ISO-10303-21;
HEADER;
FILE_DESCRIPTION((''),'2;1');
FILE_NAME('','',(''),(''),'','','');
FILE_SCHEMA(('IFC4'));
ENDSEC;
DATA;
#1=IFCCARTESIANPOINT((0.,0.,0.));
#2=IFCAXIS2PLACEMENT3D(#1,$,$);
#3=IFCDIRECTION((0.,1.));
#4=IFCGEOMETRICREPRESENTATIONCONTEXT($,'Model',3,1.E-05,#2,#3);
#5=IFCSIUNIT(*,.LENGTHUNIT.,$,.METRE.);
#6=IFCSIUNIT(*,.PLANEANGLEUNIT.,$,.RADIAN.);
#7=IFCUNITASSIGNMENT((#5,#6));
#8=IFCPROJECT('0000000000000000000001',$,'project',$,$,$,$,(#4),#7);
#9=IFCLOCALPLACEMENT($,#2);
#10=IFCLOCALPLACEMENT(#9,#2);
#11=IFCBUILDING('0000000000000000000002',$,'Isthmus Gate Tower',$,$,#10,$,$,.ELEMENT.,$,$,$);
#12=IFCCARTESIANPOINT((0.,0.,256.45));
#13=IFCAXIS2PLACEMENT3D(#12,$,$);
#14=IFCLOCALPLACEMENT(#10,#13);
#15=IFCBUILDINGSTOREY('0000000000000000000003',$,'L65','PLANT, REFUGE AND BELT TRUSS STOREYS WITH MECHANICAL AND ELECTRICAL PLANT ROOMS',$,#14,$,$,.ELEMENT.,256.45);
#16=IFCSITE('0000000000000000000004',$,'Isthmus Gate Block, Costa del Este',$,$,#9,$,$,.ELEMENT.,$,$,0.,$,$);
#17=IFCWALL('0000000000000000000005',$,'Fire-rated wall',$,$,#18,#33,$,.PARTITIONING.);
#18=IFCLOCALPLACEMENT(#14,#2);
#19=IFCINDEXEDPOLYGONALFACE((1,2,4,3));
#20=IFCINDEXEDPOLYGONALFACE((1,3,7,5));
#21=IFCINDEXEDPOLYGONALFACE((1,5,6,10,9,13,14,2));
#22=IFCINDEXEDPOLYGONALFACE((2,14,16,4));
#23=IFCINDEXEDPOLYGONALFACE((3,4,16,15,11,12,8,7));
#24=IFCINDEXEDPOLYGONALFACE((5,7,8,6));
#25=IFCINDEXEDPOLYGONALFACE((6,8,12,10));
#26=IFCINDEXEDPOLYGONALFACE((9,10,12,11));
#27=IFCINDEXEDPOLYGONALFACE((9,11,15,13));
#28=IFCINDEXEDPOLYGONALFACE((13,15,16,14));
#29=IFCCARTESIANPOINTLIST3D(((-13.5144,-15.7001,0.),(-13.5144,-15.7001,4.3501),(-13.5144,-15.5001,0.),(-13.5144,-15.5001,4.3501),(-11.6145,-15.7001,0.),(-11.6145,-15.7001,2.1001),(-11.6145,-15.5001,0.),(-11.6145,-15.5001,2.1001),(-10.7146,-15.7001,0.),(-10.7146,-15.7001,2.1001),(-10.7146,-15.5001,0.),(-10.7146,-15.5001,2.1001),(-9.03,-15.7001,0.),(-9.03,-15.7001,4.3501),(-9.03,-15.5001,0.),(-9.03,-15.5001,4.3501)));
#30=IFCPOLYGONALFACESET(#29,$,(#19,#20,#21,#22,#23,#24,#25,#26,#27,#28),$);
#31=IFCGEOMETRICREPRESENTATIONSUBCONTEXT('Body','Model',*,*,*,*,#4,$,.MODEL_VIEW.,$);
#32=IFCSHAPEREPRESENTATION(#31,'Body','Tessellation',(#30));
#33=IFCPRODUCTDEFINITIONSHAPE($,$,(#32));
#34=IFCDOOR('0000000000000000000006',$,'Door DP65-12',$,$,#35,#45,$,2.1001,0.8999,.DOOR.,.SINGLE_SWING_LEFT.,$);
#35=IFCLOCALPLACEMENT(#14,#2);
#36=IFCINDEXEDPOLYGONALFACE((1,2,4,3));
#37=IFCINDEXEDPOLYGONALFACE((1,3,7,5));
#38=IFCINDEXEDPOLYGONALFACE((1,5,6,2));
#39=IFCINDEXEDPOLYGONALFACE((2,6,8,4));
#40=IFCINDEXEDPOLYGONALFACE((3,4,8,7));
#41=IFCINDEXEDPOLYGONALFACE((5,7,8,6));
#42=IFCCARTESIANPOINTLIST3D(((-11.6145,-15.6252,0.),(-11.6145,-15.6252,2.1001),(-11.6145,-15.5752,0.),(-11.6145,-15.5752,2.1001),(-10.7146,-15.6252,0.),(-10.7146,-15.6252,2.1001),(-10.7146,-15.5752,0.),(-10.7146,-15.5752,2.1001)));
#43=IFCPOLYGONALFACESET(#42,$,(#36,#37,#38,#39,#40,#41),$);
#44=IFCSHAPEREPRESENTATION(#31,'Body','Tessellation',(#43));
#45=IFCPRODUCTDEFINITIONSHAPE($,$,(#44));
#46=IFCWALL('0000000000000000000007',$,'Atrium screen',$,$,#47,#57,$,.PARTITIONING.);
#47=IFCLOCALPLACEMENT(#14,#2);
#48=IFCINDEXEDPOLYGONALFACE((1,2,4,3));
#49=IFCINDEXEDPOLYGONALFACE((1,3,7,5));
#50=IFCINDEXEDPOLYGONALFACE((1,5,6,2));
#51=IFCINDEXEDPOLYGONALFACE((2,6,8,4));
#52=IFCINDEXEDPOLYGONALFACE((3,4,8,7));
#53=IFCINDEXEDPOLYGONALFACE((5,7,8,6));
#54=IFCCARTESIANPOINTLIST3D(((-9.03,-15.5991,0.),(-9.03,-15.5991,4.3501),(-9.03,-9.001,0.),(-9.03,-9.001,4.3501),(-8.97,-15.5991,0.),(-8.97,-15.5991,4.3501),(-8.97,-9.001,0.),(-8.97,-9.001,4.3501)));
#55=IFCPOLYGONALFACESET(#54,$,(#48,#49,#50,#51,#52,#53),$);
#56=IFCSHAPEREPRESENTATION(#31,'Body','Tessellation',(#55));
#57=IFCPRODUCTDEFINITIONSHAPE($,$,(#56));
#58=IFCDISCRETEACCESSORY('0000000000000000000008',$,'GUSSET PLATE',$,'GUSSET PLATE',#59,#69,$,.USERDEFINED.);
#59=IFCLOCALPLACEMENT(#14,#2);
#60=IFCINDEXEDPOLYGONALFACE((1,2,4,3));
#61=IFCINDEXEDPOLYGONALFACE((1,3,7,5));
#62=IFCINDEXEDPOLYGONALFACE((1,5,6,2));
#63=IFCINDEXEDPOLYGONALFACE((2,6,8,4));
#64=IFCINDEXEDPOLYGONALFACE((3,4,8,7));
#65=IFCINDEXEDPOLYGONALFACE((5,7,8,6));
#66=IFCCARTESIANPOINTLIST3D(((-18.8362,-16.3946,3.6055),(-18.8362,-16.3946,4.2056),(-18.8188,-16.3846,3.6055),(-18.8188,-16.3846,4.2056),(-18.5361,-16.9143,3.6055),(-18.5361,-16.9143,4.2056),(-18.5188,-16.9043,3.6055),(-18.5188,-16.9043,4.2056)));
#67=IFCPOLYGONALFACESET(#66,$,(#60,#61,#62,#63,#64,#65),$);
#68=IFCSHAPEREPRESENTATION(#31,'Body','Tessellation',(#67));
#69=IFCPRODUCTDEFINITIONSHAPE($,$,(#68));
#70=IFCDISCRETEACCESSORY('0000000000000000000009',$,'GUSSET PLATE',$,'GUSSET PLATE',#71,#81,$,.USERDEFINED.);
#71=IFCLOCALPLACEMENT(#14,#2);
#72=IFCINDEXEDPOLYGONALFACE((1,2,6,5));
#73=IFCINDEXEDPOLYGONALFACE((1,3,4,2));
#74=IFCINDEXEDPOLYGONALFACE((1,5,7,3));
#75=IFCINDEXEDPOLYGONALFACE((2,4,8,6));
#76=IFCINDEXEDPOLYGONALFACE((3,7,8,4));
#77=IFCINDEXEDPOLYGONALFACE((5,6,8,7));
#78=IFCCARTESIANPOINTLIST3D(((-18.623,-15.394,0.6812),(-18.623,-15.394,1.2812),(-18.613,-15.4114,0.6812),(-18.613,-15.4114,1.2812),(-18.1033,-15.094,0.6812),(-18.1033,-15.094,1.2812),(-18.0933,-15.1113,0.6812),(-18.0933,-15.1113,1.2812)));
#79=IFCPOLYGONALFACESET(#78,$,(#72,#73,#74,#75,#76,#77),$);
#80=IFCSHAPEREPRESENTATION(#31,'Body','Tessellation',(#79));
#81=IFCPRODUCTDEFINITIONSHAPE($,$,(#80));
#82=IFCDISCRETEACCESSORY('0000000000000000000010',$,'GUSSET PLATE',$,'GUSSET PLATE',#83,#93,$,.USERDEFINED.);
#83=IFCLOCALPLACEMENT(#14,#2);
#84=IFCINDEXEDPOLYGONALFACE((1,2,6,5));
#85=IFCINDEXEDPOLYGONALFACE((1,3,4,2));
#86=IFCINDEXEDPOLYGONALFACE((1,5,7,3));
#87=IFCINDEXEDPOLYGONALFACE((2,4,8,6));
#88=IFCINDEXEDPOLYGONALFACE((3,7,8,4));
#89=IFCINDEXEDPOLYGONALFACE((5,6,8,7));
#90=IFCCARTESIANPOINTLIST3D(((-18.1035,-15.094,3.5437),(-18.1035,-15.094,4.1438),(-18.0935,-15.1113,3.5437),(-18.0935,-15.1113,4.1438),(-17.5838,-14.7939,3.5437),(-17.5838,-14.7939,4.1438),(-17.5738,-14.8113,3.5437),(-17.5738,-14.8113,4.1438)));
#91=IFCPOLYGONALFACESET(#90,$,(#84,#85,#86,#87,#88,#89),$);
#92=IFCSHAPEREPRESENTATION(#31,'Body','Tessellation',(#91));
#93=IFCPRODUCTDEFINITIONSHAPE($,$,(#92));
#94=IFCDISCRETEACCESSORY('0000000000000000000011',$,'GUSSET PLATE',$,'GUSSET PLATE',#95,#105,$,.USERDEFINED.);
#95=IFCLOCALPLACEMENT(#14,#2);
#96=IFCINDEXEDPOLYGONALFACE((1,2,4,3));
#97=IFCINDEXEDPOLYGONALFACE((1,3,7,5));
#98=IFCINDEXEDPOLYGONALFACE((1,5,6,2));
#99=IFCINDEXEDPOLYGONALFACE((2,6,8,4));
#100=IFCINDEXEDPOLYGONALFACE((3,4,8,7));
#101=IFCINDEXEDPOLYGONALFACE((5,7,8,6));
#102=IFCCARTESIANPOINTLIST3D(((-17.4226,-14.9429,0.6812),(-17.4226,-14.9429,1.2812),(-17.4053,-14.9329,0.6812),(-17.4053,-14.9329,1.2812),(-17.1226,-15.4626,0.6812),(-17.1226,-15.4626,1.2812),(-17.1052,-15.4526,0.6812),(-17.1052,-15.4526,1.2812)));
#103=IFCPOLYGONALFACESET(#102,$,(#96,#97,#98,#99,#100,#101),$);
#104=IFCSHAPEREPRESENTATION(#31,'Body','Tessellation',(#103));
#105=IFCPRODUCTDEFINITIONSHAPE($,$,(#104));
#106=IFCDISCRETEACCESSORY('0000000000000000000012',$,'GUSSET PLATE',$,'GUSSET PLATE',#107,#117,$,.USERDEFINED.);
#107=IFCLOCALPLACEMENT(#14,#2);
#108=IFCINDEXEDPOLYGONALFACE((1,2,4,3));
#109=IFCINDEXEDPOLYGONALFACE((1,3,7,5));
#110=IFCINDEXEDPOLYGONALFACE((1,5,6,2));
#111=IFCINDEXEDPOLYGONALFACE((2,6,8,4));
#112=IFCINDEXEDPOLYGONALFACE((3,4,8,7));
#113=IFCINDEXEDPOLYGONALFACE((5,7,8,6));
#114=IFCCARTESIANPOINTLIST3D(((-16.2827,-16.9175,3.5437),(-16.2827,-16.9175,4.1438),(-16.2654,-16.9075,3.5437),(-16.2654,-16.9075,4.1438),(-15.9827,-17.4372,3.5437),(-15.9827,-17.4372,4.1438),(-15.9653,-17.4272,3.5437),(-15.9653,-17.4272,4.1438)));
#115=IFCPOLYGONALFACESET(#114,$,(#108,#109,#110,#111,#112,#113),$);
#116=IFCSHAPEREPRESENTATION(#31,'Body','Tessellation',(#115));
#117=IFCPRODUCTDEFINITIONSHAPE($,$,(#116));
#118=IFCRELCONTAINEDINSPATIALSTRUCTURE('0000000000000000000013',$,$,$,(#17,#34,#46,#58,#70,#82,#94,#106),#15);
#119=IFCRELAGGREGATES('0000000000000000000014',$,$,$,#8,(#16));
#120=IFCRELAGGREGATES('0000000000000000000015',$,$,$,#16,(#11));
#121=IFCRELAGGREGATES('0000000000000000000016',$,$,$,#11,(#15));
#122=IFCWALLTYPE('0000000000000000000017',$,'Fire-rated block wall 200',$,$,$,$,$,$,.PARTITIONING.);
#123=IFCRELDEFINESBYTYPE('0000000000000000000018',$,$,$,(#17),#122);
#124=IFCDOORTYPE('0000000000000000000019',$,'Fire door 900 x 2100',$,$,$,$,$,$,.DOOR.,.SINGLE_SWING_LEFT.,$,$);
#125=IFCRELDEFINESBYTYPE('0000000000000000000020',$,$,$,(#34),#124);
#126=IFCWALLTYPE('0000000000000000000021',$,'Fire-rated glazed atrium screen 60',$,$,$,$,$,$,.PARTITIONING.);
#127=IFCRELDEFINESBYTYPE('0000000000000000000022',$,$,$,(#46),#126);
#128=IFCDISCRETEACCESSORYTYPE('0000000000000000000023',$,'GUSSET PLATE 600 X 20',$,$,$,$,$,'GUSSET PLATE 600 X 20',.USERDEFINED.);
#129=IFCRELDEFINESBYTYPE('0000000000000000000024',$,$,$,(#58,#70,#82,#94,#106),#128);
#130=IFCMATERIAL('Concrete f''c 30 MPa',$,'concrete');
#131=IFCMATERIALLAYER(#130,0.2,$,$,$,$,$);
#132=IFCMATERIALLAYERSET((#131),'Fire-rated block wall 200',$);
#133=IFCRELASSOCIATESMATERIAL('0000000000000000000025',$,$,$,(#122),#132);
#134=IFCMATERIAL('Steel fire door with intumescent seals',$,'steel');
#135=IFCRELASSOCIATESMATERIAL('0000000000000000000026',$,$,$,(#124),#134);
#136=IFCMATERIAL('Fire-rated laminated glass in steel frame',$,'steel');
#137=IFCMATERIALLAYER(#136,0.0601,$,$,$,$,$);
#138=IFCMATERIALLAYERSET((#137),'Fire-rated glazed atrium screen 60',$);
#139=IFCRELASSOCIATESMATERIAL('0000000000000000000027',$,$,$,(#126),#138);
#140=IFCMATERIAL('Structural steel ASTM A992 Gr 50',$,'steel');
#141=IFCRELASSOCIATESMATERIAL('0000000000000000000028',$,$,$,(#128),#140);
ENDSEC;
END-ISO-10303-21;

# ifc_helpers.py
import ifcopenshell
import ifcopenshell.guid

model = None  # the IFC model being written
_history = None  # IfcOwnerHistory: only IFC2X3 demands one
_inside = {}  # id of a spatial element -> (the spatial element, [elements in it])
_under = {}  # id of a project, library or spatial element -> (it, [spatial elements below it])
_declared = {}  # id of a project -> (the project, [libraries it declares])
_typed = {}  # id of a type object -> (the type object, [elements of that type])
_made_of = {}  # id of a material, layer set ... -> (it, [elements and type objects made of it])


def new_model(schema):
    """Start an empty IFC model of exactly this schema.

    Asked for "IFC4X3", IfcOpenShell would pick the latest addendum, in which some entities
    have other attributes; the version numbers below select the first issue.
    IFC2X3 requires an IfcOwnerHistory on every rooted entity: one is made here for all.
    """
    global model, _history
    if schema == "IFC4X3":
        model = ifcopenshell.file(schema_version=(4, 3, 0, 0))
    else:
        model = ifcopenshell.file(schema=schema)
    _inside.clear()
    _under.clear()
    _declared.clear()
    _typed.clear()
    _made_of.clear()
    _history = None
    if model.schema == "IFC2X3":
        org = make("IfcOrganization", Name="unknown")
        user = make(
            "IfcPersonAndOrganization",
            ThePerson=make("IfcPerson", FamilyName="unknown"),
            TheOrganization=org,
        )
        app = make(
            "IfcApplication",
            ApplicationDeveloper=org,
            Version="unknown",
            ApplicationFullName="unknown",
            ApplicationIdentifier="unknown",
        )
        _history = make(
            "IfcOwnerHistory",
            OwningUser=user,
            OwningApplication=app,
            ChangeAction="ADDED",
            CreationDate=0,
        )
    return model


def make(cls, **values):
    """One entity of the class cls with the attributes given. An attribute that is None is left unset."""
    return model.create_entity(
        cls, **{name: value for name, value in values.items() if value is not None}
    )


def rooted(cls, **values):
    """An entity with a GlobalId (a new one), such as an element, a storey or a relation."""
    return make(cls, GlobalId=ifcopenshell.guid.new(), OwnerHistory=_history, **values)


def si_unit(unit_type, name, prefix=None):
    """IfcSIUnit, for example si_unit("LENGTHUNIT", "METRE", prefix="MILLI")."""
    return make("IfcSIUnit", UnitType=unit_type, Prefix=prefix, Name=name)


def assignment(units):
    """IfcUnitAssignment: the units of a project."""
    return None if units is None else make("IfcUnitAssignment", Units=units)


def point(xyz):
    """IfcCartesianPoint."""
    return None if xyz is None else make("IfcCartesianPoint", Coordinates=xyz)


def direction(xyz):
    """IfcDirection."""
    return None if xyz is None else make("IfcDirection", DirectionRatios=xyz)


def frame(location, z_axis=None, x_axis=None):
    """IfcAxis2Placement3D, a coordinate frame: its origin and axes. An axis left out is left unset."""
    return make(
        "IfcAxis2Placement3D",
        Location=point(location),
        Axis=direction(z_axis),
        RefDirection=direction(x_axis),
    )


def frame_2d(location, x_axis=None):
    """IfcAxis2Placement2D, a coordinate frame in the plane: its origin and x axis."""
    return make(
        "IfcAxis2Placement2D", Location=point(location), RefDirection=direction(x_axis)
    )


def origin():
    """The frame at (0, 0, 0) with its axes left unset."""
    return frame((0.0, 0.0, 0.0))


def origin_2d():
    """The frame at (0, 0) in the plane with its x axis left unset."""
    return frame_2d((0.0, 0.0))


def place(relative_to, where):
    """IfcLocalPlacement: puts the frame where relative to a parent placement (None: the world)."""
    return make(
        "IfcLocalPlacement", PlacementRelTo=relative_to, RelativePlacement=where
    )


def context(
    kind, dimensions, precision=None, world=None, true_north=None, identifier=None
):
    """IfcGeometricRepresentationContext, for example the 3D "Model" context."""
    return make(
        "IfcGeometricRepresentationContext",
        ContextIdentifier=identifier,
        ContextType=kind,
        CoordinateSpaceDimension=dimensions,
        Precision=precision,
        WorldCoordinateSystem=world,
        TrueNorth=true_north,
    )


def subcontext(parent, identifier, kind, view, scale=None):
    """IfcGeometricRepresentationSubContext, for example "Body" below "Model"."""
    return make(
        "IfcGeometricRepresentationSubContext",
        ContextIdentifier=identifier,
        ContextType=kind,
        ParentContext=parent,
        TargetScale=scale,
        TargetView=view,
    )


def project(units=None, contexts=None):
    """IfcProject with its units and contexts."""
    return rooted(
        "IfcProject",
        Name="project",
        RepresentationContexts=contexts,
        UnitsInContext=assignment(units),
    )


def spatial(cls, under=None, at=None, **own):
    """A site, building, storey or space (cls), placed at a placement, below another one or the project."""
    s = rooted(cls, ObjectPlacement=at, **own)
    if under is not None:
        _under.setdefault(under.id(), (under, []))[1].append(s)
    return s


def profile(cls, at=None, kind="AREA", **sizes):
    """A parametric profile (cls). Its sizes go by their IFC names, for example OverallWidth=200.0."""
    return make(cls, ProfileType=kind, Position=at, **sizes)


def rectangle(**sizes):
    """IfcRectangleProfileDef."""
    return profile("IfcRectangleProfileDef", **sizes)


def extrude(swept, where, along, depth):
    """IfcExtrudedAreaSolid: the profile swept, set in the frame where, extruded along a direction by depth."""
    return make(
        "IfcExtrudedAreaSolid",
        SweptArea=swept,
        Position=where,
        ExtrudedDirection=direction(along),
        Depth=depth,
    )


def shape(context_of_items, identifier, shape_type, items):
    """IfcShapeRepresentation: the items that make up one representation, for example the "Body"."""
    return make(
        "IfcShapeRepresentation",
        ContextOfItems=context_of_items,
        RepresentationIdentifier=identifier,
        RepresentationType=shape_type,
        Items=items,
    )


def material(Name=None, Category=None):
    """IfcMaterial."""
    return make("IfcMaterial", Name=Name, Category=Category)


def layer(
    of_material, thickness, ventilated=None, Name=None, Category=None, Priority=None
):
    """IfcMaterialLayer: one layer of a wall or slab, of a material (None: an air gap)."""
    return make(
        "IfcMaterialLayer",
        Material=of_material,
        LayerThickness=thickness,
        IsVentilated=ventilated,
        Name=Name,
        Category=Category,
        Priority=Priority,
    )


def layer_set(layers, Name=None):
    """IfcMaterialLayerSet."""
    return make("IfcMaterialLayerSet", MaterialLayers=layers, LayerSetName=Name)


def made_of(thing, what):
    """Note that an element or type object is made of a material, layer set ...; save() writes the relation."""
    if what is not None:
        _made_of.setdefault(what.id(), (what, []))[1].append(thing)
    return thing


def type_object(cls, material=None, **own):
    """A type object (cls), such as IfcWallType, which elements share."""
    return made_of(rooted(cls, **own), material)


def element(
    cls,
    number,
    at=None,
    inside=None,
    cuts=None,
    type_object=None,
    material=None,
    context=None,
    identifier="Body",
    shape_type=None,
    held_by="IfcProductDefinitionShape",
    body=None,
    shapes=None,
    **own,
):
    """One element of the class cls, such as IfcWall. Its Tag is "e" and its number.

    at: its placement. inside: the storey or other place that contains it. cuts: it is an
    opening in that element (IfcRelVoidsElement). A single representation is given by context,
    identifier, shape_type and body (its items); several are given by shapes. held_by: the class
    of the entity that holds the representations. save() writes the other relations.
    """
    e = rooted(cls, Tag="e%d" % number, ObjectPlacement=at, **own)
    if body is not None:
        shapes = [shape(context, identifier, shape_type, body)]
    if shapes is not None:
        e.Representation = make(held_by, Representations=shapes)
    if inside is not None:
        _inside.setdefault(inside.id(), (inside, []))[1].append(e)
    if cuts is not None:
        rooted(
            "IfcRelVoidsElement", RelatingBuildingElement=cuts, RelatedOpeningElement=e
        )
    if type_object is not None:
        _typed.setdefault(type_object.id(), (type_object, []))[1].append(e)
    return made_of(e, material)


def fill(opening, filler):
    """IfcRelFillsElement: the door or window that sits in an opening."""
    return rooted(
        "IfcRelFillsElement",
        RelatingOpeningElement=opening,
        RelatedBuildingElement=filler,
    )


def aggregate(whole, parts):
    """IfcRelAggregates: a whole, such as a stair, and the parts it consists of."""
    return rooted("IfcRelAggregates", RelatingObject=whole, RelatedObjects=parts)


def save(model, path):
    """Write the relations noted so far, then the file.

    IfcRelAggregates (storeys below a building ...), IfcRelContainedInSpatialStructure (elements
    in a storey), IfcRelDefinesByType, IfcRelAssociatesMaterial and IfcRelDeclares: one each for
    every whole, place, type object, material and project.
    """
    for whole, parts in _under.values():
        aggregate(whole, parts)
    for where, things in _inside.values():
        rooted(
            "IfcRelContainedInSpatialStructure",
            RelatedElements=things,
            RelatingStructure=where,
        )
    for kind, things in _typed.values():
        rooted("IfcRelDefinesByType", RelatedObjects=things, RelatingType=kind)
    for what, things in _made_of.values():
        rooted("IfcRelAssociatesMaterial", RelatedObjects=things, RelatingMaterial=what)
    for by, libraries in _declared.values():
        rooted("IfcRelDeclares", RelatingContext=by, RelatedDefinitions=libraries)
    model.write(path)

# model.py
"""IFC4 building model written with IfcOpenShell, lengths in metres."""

from ifc_helpers import new_model, si_unit, direction, frame, frame_2d, origin, origin_2d, place, context, subcontext, project, spatial, rectangle, extrude, material, layer, layer_set, type_object, element, fill, save


model = new_model("IFC4")

# Units and contexts
model_context = context("Model", 3, precision=1e-05, world=origin(), true_north=direction((0.0, 1.0)))
body_context = subcontext(model_context, "Body", "Model", "MODEL_VIEW")
ifc_project = project(units=[si_unit("LENGTHUNIT", "METRE"), si_unit("PLANEANGLEUNIT", "RADIAN")], contexts=[model_context])

# Site, building, storey
site_placement = place(None, origin())
site = spatial("IfcSite", under=ifc_project, at=site_placement, Name="Isthmus Gate Block, Costa del Este", CompositionType="ELEMENT", RefElevation=0.0)
building_placement = place(site_placement, origin())
building = spatial("IfcBuilding", under=site, at=building_placement, Name="Isthmus Gate Tower", CompositionType="ELEMENT")
storey_placement = place(building_placement, frame((0.0, 0.0, 256.45)))
storey = spatial("IfcBuildingStorey", under=building, at=storey_placement, Name="L65", Description="PLANT, REFUGE AND BELT TRUSS STOREYS WITH MECHANICAL AND ELECTRICAL PLANT ROOMS", CompositionType="ELEMENT", Elevation=256.45)

# Shared definitions
ifc_material_1 = material(Name="Concrete f'c 30 MPa", Category="concrete")
ifc_layer_1 = layer(ifc_material_1, 0.2)
ifc_layer_set_1 = layer_set([ifc_layer_1], Name="Fire-rated block wall 200")
wall_type_1 = type_object("IfcWallType", Name="Fire-rated block wall 200", PredefinedType="PARTITIONING", material=ifc_layer_set_1)

# Wall, opening, door
wall_1_placement = place(storey_placement, frame((-13.5144, -15.6001, 0.0), z_axis=(0.0, 0.0, 1.0), x_axis=(1.0, 0.0, 0.0)))
wall_1 = element("IfcWall", 1, at=wall_1_placement, inside=storey, type_object=wall_type_1, Name="Fire-rated wall", PredefinedType="PARTITIONING", context=body_context, shape_type="SweptSolid", body=[
    extrude(rectangle(XDim=4.4844, YDim=0.2, at=frame_2d((2.2422, 0.0))), origin(), (0.0, 0.0, 1.0), 4.3501),
])
opening_placement = place(wall_1_placement, frame((1.8999, 0.0, 0.0)))
opening = element("IfcOpeningElement", 2, at=opening_placement, cuts=wall_1, PredefinedType="OPENING", context=body_context, shape_type="SweptSolid", body=[
    extrude(rectangle(XDim=0.8999, YDim=2.1001, at=frame_2d((0.45, 1.05))), frame((0.0, 0.1099, 0.0), z_axis=(0.0, -1.0, 0.0), x_axis=(1.0, 0.0, 0.0)), (0.0, 0.0, 1.0), 0.22),
])
ifc_material_2 = material(Name="Steel fire door with intumescent seals", Category="steel")
door_type = type_object("IfcDoorType", Name="Fire door 900 x 2100", OperationType="SINGLE_SWING_LEFT", PredefinedType="DOOR", material=ifc_material_2)
door_placement = place(opening_placement, origin())
door = element("IfcDoor", 3, at=door_placement, inside=storey, type_object=door_type, Name="Door DP65-12", OperationType="SINGLE_SWING_LEFT", OverallHeight=2.1001, OverallWidth=0.8999, PredefinedType="DOOR", context=body_context, shape_type="SweptSolid", body=[
    extrude(rectangle(XDim=0.8999, YDim=2.1001, at=frame_2d((0.45, 1.05))), frame((0.0, 0.0249, 0.0), z_axis=(0.0, -1.0, 0.0), x_axis=(1.0, 0.0, 0.0)), (0.0, 0.0, 1.0), 0.05),
])
fill(opening, door)

# Wall
ifc_material_3 = material(Name="Fire-rated laminated glass in steel frame", Category="steel")
ifc_layer_2 = layer(ifc_material_3, 0.0601)
ifc_layer_set_2 = layer_set([ifc_layer_2], Name="Fire-rated glazed atrium screen 60")
wall_type_2 = type_object("IfcWallType", Name="Fire-rated glazed atrium screen 60", PredefinedType="PARTITIONING", material=ifc_layer_set_2)
wall_2_placement = place(storey_placement, frame((-9.0, -15.5991, 0.0), z_axis=(0.0, 0.0, 1.0), x_axis=(0.0, 1.0, 0.0)))
element("IfcWall", 4, at=wall_2_placement, inside=storey, type_object=wall_type_2, Name="Atrium screen", PredefinedType="PARTITIONING", context=body_context, shape_type="SweptSolid", body=[
    extrude(rectangle(XDim=6.5981, YDim=0.0601, at=frame_2d((3.2991, 0.0))), origin(), (0.0, 0.0, 1.0), 4.3501),
])

# Discrete accessories
ifc_material_4 = material(Name="Structural steel ASTM A992 Gr 50", Category="steel")
discrete_accessory_type = type_object("IfcDiscreteAccessoryType", Name="GUSSET PLATE 600 X 20", ElementType="GUSSET PLATE 600 X 20", PredefinedType="USERDEFINED", material=ifc_material_4)
for number, where, z_axis, x_axis, name in (
    (5, (-18.6775, -16.6494, 3.6055), (0.0, 0.0, 1.0), (-0.5, 0.866025, 0.0), "GUSSET PLATE"),
    (6, (-18.3582, -15.2527, 0.6812), (0.0, 0.0, 1.0), (0.866025, 0.5, 0.0), "GUSSET PLATE"),
    (7, (-17.8386, -14.9526, 3.5437), (0.0, 0.0, 1.0), (0.866025, 0.5, 0.0), "GUSSET PLATE"),
    (8, (-17.2639, -15.1978, 0.6812), (0.0, 0.0, 1.0), (0.5, -0.866025, 0.0), "GUSSET PLATE"),
    (9, (-16.124, -17.1724, 3.5437), (0.0, 0.0, 1.0), (0.5, -0.866025, 0.0), "GUSSET PLATE"),
):
    element("IfcDiscreteAccessory", number, at=place(storey_placement, frame(where, z_axis=z_axis, x_axis=x_axis)), inside=storey, type_object=discrete_accessory_type, Name=name, ObjectType="GUSSET PLATE", PredefinedType="USERDEFINED", context=body_context, shape_type="SweptSolid", body=[
        extrude(rectangle(XDim=0.6001, YDim=0.02, at=origin_2d()), origin(), (0.0, 0.0, 1.0), 0.6001),
    ])

save(model, "model.ifc")
